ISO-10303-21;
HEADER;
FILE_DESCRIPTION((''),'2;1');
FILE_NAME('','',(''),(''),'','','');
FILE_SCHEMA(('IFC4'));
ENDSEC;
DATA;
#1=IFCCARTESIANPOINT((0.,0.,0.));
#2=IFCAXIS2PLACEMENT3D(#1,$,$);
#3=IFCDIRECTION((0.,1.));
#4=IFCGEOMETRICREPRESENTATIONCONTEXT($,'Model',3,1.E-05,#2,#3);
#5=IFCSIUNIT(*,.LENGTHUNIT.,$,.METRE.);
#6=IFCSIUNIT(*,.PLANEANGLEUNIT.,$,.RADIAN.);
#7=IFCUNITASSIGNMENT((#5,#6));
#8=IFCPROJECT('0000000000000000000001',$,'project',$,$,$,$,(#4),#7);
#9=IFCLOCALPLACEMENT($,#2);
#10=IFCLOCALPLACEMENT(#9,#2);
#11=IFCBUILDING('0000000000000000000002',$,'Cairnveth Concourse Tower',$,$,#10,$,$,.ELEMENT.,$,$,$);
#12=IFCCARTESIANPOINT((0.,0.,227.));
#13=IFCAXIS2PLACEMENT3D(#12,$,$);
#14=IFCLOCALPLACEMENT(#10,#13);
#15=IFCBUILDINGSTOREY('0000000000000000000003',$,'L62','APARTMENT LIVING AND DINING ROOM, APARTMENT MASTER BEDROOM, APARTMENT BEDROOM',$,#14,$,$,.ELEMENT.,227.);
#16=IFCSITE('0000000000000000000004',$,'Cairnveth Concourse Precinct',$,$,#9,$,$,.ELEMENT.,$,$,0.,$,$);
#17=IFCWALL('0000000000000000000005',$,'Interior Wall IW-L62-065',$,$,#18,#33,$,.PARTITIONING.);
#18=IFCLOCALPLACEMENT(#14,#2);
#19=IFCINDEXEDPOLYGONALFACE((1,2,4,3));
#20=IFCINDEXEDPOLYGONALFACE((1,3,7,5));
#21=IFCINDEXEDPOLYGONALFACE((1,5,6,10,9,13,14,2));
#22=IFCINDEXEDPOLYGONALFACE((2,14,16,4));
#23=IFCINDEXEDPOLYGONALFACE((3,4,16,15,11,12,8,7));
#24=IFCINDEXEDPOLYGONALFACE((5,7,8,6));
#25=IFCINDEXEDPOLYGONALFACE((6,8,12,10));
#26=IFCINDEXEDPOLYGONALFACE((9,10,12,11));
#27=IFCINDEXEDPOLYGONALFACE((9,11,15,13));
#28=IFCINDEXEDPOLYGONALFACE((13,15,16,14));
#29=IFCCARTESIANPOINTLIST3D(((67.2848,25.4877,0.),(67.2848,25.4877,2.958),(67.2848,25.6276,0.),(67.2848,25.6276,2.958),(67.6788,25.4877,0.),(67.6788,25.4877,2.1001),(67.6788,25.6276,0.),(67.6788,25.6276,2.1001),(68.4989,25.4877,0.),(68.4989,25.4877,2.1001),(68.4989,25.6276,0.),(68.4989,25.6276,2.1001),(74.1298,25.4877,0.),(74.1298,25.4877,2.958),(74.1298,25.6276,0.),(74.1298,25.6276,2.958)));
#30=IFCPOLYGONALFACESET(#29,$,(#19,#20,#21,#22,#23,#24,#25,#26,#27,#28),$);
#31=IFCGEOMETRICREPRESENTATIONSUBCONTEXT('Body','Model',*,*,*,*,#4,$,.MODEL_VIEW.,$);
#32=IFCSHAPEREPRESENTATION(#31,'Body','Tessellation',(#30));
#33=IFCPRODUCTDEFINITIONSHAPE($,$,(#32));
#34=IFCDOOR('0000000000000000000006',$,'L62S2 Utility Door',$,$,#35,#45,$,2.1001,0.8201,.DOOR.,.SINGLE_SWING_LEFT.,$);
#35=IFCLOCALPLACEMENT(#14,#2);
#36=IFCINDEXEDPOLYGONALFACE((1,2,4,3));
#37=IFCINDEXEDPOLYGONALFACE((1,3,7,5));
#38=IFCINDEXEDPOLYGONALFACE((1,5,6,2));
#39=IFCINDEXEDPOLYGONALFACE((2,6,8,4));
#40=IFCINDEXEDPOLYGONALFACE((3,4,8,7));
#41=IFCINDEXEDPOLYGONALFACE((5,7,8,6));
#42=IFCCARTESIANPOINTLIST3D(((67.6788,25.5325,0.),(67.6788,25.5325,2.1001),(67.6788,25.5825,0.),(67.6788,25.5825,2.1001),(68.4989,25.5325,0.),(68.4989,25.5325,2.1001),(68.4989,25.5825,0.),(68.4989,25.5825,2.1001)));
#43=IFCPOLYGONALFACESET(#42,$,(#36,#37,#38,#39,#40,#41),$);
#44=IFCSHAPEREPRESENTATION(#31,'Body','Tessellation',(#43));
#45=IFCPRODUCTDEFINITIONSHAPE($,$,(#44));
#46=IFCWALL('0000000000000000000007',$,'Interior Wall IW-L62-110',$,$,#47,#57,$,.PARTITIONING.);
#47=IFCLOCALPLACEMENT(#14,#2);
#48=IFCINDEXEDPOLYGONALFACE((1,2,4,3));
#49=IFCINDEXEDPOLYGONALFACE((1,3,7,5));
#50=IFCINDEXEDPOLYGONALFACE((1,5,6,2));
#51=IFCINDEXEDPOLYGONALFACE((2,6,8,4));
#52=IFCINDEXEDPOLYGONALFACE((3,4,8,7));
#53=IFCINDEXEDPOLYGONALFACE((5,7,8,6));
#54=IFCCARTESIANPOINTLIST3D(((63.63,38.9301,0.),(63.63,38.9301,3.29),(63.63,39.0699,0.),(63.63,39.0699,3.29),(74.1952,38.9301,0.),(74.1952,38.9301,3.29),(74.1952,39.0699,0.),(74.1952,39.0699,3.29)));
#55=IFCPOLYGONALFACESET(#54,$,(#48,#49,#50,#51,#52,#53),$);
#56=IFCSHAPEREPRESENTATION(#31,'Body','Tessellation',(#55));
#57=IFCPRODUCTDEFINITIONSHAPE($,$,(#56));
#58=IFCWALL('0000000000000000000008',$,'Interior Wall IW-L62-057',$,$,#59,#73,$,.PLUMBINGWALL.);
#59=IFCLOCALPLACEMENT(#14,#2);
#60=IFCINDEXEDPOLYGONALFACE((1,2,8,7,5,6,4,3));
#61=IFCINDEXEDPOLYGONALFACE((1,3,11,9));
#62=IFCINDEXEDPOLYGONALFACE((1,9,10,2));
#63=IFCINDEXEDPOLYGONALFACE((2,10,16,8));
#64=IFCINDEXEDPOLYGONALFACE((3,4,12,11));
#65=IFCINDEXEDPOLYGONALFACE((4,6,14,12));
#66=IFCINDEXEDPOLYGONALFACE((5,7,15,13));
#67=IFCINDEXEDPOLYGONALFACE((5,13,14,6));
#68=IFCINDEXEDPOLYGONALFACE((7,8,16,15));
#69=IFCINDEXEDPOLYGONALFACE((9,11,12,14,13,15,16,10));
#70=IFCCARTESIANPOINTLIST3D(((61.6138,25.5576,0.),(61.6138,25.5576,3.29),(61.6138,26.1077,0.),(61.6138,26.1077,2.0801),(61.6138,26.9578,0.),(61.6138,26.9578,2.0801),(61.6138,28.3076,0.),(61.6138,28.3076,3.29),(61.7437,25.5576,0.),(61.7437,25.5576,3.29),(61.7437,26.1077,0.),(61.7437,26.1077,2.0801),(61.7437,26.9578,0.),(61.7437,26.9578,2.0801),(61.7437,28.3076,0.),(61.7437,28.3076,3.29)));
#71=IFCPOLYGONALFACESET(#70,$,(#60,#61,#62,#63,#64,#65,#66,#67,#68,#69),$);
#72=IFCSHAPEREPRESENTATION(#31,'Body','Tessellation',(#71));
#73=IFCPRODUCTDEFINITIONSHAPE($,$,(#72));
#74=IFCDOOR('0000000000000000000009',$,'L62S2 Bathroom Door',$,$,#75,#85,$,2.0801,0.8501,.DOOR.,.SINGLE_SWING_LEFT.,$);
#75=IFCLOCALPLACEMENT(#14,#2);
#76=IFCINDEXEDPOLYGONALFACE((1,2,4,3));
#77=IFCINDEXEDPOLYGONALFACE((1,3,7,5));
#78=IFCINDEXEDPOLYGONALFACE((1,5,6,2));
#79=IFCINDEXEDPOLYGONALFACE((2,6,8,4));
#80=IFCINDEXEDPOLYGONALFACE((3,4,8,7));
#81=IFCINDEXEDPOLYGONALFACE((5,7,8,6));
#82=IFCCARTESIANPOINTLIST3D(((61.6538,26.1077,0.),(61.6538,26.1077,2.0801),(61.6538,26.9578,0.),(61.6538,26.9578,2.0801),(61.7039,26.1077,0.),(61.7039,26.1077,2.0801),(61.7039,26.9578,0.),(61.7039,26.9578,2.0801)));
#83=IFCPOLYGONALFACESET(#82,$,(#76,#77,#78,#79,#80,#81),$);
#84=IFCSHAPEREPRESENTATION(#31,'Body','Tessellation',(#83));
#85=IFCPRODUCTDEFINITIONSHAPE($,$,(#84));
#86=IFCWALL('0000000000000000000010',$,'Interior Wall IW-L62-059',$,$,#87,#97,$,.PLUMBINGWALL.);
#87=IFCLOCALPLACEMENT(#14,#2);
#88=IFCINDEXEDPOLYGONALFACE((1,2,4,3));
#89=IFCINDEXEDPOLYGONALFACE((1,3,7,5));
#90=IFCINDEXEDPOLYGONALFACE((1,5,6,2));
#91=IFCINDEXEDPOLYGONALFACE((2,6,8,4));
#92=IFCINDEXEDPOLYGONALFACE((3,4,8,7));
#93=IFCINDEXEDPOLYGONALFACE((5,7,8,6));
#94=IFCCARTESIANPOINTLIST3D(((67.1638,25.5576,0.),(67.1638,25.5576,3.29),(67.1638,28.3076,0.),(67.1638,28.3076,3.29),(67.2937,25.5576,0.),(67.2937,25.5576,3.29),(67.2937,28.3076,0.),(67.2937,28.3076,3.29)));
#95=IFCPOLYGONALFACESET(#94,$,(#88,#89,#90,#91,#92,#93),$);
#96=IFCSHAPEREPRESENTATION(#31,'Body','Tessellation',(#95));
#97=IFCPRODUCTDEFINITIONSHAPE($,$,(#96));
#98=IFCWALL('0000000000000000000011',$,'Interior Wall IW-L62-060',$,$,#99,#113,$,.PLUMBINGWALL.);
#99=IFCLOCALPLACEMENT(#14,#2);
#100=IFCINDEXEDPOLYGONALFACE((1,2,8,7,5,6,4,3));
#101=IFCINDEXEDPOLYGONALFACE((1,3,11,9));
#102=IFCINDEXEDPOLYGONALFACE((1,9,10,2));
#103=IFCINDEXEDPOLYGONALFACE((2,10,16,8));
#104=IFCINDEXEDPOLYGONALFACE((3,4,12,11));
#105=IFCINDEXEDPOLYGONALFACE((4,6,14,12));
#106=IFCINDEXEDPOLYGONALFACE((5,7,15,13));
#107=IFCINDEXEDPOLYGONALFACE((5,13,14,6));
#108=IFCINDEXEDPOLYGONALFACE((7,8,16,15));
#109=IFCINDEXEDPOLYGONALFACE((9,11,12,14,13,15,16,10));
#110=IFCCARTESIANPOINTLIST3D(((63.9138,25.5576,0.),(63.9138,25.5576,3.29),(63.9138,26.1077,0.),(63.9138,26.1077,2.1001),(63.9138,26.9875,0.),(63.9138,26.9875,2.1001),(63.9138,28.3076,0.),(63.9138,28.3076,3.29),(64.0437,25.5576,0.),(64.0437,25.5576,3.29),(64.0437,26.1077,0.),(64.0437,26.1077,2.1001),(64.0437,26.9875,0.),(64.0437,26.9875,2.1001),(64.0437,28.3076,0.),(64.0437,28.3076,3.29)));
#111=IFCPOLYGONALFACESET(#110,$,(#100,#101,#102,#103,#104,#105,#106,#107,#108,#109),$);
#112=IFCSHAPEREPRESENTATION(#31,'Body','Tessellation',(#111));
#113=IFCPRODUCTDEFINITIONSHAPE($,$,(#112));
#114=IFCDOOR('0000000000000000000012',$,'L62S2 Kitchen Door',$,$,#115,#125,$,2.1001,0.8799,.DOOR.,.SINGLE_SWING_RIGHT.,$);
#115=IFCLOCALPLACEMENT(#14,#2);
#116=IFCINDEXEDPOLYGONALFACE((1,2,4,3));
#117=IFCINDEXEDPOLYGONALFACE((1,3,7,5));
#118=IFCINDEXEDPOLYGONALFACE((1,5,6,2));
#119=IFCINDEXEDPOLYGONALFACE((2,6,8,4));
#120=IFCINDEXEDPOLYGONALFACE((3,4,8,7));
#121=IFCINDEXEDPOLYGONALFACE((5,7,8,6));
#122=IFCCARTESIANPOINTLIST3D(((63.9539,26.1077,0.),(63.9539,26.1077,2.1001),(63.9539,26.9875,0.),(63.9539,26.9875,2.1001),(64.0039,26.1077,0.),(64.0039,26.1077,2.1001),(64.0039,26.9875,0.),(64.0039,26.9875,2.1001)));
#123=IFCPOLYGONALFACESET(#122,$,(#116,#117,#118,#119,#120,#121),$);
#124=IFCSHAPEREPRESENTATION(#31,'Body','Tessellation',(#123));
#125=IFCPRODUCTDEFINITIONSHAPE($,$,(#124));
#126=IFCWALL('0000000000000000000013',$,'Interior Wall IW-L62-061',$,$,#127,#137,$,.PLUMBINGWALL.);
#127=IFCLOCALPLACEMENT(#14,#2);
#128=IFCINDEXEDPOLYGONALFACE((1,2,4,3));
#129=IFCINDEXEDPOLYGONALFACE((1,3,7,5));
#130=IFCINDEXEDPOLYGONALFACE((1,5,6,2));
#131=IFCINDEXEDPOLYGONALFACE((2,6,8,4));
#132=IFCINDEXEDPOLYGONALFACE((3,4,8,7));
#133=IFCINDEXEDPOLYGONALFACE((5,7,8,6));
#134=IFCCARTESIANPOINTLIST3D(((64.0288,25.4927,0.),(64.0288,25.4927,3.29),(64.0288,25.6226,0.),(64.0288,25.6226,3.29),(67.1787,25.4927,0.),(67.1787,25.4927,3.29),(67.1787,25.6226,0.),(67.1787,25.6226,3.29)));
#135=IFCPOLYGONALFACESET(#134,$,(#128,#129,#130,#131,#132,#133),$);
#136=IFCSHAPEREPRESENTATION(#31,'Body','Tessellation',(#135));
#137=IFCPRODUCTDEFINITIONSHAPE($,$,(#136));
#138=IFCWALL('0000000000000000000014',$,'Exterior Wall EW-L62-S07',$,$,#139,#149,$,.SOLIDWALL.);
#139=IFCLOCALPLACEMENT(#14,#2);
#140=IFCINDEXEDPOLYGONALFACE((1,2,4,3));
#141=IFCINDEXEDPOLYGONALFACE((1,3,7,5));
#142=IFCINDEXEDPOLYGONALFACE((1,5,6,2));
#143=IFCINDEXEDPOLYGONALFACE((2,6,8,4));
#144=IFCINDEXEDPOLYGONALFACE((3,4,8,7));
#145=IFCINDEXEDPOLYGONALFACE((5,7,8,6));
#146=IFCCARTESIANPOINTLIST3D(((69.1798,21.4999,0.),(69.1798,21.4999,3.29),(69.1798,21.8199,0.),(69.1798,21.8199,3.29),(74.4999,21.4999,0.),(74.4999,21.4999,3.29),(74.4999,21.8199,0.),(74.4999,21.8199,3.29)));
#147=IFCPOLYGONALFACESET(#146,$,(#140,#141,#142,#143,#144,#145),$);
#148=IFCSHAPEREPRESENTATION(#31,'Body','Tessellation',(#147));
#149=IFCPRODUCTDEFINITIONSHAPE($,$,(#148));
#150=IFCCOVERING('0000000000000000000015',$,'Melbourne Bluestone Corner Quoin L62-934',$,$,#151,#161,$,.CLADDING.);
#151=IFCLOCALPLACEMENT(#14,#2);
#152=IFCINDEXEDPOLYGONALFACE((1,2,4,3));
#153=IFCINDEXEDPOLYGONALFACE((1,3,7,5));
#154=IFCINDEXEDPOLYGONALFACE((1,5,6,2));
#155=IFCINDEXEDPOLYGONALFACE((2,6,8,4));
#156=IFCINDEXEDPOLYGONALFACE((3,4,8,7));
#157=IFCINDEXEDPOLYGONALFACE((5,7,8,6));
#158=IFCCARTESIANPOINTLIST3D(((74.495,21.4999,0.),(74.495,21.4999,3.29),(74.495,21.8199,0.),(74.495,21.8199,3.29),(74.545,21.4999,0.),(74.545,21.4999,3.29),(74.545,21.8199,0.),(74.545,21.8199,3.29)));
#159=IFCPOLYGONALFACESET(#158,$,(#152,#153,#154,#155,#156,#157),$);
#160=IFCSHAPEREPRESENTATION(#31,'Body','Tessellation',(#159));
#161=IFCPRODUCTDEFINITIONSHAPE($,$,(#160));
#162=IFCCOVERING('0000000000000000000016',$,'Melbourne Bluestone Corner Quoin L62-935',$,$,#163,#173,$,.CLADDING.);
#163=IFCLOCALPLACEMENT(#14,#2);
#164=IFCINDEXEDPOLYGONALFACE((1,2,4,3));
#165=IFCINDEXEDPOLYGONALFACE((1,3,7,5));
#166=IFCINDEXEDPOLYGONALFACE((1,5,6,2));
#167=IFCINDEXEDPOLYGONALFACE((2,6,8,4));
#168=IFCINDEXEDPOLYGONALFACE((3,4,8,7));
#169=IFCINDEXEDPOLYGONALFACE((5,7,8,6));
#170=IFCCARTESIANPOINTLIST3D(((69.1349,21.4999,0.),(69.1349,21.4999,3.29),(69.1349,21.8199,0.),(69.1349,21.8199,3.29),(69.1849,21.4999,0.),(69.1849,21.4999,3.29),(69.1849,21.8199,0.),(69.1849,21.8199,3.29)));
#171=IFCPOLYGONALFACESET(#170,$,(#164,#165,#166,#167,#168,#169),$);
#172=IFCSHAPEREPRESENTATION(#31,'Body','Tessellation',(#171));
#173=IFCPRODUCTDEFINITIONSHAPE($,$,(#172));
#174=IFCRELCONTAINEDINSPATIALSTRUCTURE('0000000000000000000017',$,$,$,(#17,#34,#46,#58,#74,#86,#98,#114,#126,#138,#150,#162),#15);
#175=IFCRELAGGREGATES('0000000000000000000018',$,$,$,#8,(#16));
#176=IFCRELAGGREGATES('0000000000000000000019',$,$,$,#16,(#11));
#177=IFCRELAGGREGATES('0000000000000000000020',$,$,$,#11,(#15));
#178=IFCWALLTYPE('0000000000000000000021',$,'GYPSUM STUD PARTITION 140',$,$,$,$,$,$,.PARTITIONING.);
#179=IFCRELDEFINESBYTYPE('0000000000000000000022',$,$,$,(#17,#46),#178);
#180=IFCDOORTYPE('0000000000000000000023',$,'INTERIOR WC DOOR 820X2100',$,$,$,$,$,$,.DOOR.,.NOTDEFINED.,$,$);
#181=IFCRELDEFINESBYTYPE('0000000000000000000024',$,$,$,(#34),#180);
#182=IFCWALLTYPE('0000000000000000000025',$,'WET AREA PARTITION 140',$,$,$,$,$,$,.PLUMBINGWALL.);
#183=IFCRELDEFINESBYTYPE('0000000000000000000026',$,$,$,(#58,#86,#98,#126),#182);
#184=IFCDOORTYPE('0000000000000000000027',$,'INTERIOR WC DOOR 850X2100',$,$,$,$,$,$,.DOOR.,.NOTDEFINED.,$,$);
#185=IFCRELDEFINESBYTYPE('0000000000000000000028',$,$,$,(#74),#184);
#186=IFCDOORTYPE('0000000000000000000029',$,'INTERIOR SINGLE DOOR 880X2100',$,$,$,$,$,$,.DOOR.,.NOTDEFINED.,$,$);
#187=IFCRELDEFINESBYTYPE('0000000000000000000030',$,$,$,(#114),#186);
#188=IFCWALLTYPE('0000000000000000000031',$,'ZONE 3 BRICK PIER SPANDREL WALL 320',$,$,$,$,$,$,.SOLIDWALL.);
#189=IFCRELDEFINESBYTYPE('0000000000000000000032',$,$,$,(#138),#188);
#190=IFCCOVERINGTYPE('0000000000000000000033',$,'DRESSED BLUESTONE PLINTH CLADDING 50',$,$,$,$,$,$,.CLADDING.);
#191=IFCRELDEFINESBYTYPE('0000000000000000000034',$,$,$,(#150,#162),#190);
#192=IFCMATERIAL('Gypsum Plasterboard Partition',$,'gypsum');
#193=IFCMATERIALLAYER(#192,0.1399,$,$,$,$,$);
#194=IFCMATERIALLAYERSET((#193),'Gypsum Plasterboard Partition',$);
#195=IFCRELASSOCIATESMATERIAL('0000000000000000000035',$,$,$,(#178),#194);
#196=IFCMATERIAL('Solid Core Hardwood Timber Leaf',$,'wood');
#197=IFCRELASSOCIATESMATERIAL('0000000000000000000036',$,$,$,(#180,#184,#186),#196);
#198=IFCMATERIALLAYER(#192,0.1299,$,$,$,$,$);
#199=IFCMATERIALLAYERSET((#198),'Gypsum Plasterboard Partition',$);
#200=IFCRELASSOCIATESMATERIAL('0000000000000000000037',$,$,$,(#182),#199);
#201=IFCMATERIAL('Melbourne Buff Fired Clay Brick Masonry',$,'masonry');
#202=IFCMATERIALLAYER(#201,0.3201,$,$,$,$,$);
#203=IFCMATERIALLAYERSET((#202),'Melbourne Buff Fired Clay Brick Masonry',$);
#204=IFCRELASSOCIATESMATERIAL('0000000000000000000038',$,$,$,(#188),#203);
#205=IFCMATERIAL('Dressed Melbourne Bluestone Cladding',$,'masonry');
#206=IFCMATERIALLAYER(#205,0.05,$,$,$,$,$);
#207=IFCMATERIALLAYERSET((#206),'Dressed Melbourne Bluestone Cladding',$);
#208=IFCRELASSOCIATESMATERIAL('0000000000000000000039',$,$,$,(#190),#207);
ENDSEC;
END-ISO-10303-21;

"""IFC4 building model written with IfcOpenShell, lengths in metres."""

from ifc_helpers import new_model, si_unit, direction, frame, frame_2d, origin, place, context, subcontext, project, spatial, rectangle, extrude, material, layer, layer_set, type_object, element, fill, save


model = new_model("IFC4")

# Units and contexts
model_context = context("Model", 3, precision=1e-05, world=origin(), true_north=direction((0.0, 1.0)))
body_context = subcontext(model_context, "Body", "Model", "MODEL_VIEW")
ifc_project = project(units=[si_unit("LENGTHUNIT", "METRE"), si_unit("PLANEANGLEUNIT", "RADIAN")], contexts=[model_context])

# Site, building, storey
site_placement = place(None, origin())
site = spatial("IfcSite", under=ifc_project, at=site_placement, Name="Cairnveth Concourse Precinct", CompositionType="ELEMENT", RefElevation=0.0)
building_placement = place(site_placement, origin())
building = spatial("IfcBuilding", under=site, at=building_placement, Name="Cairnveth Concourse Tower", CompositionType="ELEMENT")
storey_placement = place(building_placement, frame((0.0, 0.0, 227.0)))
storey = spatial("IfcBuildingStorey", under=building, at=storey_placement, Name="L62", Description="APARTMENT LIVING AND DINING ROOM, APARTMENT MASTER BEDROOM, APARTMENT BEDROOM", CompositionType="ELEMENT", Elevation=227.0)

# Shared definitions
ifc_material_1 = material(Name="Gypsum Plasterboard Partition", Category="gypsum")
ifc_material_2 = material(Name="Solid Core Hardwood Timber Leaf", Category="wood")

# Wall, opening, door
ifc_layer_1 = layer(ifc_material_1, 0.1399)
ifc_layer_set_1 = layer_set([ifc_layer_1], Name="Gypsum Plasterboard Partition")
wall_type_1 = type_object("IfcWallType", Name="GYPSUM STUD PARTITION 140", PredefinedType="PARTITIONING", material=ifc_layer_set_1)
wall_1_placement = place(storey_placement, frame((67.2849, 25.5576, 0.0), z_axis=(0.0, 0.0, 1.0), x_axis=(1.0, 0.0, 0.0)))
wall_1 = element("IfcWall", 1, at=wall_1_placement, inside=storey, type_object=wall_type_1, Name="Interior Wall IW-L62-065", PredefinedType="PARTITIONING", context=body_context, shape_type="SweptSolid", body=[
    extrude(rectangle(XDim=6.845, YDim=0.1399, at=frame_2d((3.4224, 0.0))), origin(), (0.0, 0.0, 1.0), 2.958),
])
opening_1_placement = place(wall_1_placement, frame((0.3938, 0.0, 0.0)))
opening_1 = element("IfcOpeningElement", 2, at=opening_1_placement, cuts=wall_1, PredefinedType="OPENING", context=body_context, shape_type="SweptSolid", body=[
    extrude(rectangle(XDim=0.8201, YDim=2.1001, at=frame_2d((0.4102, 1.05))), frame((0.0, 0.0798, 0.0), z_axis=(0.0, -1.0, 0.0), x_axis=(1.0, 0.0, 0.0)), (0.0, 0.0, 1.0), 0.1599),
])
door_type_1 = type_object("IfcDoorType", Name="INTERIOR WC DOOR 820X2100", OperationType="NOTDEFINED", PredefinedType="DOOR", material=ifc_material_2)
door_1_placement = place(opening_1_placement, origin())
door_1 = element("IfcDoor", 3, at=door_1_placement, inside=storey, type_object=door_type_1, Name="L62S2 Utility Door", OperationType="SINGLE_SWING_LEFT", OverallHeight=2.1001, OverallWidth=0.8201, PredefinedType="DOOR", context=body_context, shape_type="SweptSolid", body=[
    extrude(rectangle(XDim=0.8201, YDim=2.1001, at=frame_2d((0.4102, 1.05))), frame((0.0, 0.0249, 0.0), z_axis=(0.0, -1.0, 0.0), x_axis=(1.0, 0.0, 0.0)), (0.0, 0.0, 1.0), 0.05),
])
fill(opening_1, door_1)

# Wall
wall_2_placement = place(storey_placement, frame((63.6299, 39.0, 0.0), z_axis=(0.0, 0.0, 1.0), x_axis=(1.0, 0.0, 0.0)))
element("IfcWall", 4, at=wall_2_placement, inside=storey, type_object=wall_type_1, Name="Interior Wall IW-L62-110", PredefinedType="PARTITIONING", context=body_context, shape_type="SweptSolid", body=[
    extrude(rectangle(XDim=10.5652, YDim=0.1399, at=frame_2d((5.2827, 0.0))), origin(), (0.0, 0.0, 1.0), 3.29),
])

# Wall, opening, door
ifc_layer_2 = layer(ifc_material_1, 0.1299)
ifc_layer_set_2 = layer_set([ifc_layer_2], Name="Gypsum Plasterboard Partition")
wall_type_2 = type_object("IfcWallType", Name="WET AREA PARTITION 140", PredefinedType="PLUMBINGWALL", material=ifc_layer_set_2)
wall_3_placement = place(storey_placement, frame((61.6787, 25.5576, 0.0), z_axis=(0.0, 0.0, 1.0), x_axis=(0.0, 1.0, 0.0)))
wall_3 = element("IfcWall", 5, at=wall_3_placement, inside=storey, type_object=wall_type_2, Name="Interior Wall IW-L62-057", PredefinedType="PLUMBINGWALL", context=body_context, shape_type="SweptSolid", body=[
    extrude(rectangle(XDim=2.75, YDim=0.1299, at=frame_2d((1.375, 0.0))), origin(), (0.0, 0.0, 1.0), 3.29),
])
opening_2_placement = place(wall_3_placement, frame((0.55, 0.0, 0.0)))
opening_2 = element("IfcOpeningElement", 6, at=opening_2_placement, cuts=wall_3, PredefinedType="OPENING", context=body_context, shape_type="SweptSolid", body=[
    extrude(rectangle(XDim=0.8501, YDim=2.0801, at=frame_2d((0.425, 1.04))), frame((0.0, 0.075, 0.0), z_axis=(0.0, -1.0, 0.0), x_axis=(1.0, 0.0, 0.0)), (0.0, 0.0, 1.0), 0.1499),
])
door_type_2 = type_object("IfcDoorType", Name="INTERIOR WC DOOR 850X2100", OperationType="NOTDEFINED", PredefinedType="DOOR", material=ifc_material_2)
door_2_placement = place(opening_2_placement, origin())
door_2 = element("IfcDoor", 7, at=door_2_placement, inside=storey, type_object=door_type_2, Name="L62S2 Bathroom Door", OperationType="SINGLE_SWING_LEFT", OverallHeight=2.0801, OverallWidth=0.8501, PredefinedType="DOOR", context=body_context, shape_type="SweptSolid", body=[
    extrude(rectangle(XDim=0.8501, YDim=2.0801, at=frame_2d((0.425, 1.04))), frame((0.0, 0.0249, 0.0), z_axis=(0.0, -1.0, 0.0), x_axis=(1.0, 0.0, 0.0)), (0.0, 0.0, 1.0), 0.05),
])
fill(opening_2, door_2)

# Wall
wall_4_placement = place(storey_placement, frame((67.2288, 25.5576, 0.0), z_axis=(0.0, 0.0, 1.0), x_axis=(0.0, 1.0, 0.0)))
element("IfcWall", 8, at=wall_4_placement, inside=storey, type_object=wall_type_2, Name="Interior Wall IW-L62-059", PredefinedType="PLUMBINGWALL", context=body_context, shape_type="SweptSolid", body=[
    extrude(rectangle(XDim=2.75, YDim=0.1299, at=frame_2d((1.375, 0.0))), origin(), (0.0, 0.0, 1.0), 3.29),
])

# Wall, opening, door
wall_5_placement = place(storey_placement, frame((63.9788, 25.5576, 0.0), z_axis=(0.0, 0.0, 1.0), x_axis=(0.0, 1.0, 0.0)))
wall_5 = element("IfcWall", 9, at=wall_5_placement, inside=storey, type_object=wall_type_2, Name="Interior Wall IW-L62-060", PredefinedType="PLUMBINGWALL", context=body_context, shape_type="SweptSolid", body=[
    extrude(rectangle(XDim=2.75, YDim=0.1299, at=frame_2d((1.375, 0.0))), origin(), (0.0, 0.0, 1.0), 3.29),
])
opening_3_placement = place(wall_5_placement, frame((0.55, 0.0, 0.0)))
opening_3 = element("IfcOpeningElement", 10, at=opening_3_placement, cuts=wall_5, PredefinedType="OPENING", context=body_context, shape_type="SweptSolid", body=[
    extrude(rectangle(XDim=0.8799, YDim=2.1001, at=frame_2d((0.4399, 1.05))), frame((0.0, 0.075, 0.0), z_axis=(0.0, -1.0, 0.0), x_axis=(1.0, 0.0, 0.0)), (0.0, 0.0, 1.0), 0.1499),
])
door_type_3 = type_object("IfcDoorType", Name="INTERIOR SINGLE DOOR 880X2100", OperationType="NOTDEFINED", PredefinedType="DOOR", material=ifc_material_2)
door_3_placement = place(opening_3_placement, origin())
door_3 = element("IfcDoor", 11, at=door_3_placement, inside=storey, type_object=door_type_3, Name="L62S2 Kitchen Door", OperationType="SINGLE_SWING_RIGHT", OverallHeight=2.1001, OverallWidth=0.8799, PredefinedType="DOOR", context=body_context, shape_type="SweptSolid", body=[
    extrude(rectangle(XDim=0.8799, YDim=2.1001, at=frame_2d((0.4399, 1.05))), frame((0.0, 0.0249, 0.0), z_axis=(0.0, -1.0, 0.0), x_axis=(1.0, 0.0, 0.0)), (0.0, 0.0, 1.0), 0.05),
])
fill(opening_3, door_3)

# Walls
wall_6_placement = place(storey_placement, frame((64.0288, 25.5576, 0.0), z_axis=(0.0, 0.0, 1.0), x_axis=(1.0, 0.0, 0.0)))
element("IfcWall", 12, at=wall_6_placement, inside=storey, type_object=wall_type_2, Name="Interior Wall IW-L62-061", PredefinedType="PLUMBINGWALL", context=body_context, shape_type="SweptSolid", body=[
    extrude(rectangle(XDim=3.1499, YDim=0.1299, at=frame_2d((1.575, 0.0))), origin(), (0.0, 0.0, 1.0), 3.29),
])
ifc_material_3 = material(Name="Melbourne Buff Fired Clay Brick Masonry", Category="masonry")
ifc_layer_3 = layer(ifc_material_3, 0.3201)
ifc_layer_set_3 = layer_set([ifc_layer_3], Name="Melbourne Buff Fired Clay Brick Masonry")
wall_type_3 = type_object("IfcWallType", Name="ZONE 3 BRICK PIER SPANDREL WALL 320", PredefinedType="SOLIDWALL", material=ifc_layer_set_3)
wall_7_placement = place(storey_placement, frame((74.5, 21.6599, 0.0), z_axis=(0.0, 0.0, 1.0), x_axis=(-1.0, 0.0, 0.0)))
element("IfcWall", 13, at=wall_7_placement, inside=storey, type_object=wall_type_3, Name="Exterior Wall EW-L62-S07", PredefinedType="SOLIDWALL", context=body_context, shape_type="SweptSolid", body=[
    extrude(rectangle(XDim=5.3201, YDim=0.3201, at=frame_2d((2.6602, 0.0))), origin(), (0.0, 0.0, 1.0), 3.29),
])

# Coverings
ifc_material_4 = material(Name="Dressed Melbourne Bluestone Cladding", Category="masonry")
ifc_layer_4 = layer(ifc_material_4, 0.05)
ifc_layer_set_4 = layer_set([ifc_layer_4], Name="Dressed Melbourne Bluestone Cladding")
covering_type = type_object("IfcCoveringType", Name="DRESSED BLUESTONE PLINTH CLADDING 50", PredefinedType="CLADDING", material=ifc_layer_set_4)
for number, where, z_axis, x_axis, name in (
    (14, (74.52, 21.8201, 0.0), (0.0, 0.0, 1.0), (0.0, -1.0, 0.0), "Melbourne Bluestone Corner Quoin L62-934"),
    (15, (69.1599, 21.8201, 0.0), (0.0, 0.0, 1.0), (0.0, -1.0, 0.0), "Melbourne Bluestone Corner Quoin L62-935"),
):
    element("IfcCovering", number, at=place(storey_placement, frame(where, z_axis=z_axis, x_axis=x_axis)), inside=storey, type_object=covering_type, Name=name, PredefinedType="CLADDING", context=body_context, shape_type="SweptSolid", body=[
        extrude(rectangle(XDim=0.3201, YDim=0.05, at=frame_2d((0.1602, 0.0))), origin(), (0.0, 0.0, 1.0), 3.29),
    ])

save(model, "model.ifc")
